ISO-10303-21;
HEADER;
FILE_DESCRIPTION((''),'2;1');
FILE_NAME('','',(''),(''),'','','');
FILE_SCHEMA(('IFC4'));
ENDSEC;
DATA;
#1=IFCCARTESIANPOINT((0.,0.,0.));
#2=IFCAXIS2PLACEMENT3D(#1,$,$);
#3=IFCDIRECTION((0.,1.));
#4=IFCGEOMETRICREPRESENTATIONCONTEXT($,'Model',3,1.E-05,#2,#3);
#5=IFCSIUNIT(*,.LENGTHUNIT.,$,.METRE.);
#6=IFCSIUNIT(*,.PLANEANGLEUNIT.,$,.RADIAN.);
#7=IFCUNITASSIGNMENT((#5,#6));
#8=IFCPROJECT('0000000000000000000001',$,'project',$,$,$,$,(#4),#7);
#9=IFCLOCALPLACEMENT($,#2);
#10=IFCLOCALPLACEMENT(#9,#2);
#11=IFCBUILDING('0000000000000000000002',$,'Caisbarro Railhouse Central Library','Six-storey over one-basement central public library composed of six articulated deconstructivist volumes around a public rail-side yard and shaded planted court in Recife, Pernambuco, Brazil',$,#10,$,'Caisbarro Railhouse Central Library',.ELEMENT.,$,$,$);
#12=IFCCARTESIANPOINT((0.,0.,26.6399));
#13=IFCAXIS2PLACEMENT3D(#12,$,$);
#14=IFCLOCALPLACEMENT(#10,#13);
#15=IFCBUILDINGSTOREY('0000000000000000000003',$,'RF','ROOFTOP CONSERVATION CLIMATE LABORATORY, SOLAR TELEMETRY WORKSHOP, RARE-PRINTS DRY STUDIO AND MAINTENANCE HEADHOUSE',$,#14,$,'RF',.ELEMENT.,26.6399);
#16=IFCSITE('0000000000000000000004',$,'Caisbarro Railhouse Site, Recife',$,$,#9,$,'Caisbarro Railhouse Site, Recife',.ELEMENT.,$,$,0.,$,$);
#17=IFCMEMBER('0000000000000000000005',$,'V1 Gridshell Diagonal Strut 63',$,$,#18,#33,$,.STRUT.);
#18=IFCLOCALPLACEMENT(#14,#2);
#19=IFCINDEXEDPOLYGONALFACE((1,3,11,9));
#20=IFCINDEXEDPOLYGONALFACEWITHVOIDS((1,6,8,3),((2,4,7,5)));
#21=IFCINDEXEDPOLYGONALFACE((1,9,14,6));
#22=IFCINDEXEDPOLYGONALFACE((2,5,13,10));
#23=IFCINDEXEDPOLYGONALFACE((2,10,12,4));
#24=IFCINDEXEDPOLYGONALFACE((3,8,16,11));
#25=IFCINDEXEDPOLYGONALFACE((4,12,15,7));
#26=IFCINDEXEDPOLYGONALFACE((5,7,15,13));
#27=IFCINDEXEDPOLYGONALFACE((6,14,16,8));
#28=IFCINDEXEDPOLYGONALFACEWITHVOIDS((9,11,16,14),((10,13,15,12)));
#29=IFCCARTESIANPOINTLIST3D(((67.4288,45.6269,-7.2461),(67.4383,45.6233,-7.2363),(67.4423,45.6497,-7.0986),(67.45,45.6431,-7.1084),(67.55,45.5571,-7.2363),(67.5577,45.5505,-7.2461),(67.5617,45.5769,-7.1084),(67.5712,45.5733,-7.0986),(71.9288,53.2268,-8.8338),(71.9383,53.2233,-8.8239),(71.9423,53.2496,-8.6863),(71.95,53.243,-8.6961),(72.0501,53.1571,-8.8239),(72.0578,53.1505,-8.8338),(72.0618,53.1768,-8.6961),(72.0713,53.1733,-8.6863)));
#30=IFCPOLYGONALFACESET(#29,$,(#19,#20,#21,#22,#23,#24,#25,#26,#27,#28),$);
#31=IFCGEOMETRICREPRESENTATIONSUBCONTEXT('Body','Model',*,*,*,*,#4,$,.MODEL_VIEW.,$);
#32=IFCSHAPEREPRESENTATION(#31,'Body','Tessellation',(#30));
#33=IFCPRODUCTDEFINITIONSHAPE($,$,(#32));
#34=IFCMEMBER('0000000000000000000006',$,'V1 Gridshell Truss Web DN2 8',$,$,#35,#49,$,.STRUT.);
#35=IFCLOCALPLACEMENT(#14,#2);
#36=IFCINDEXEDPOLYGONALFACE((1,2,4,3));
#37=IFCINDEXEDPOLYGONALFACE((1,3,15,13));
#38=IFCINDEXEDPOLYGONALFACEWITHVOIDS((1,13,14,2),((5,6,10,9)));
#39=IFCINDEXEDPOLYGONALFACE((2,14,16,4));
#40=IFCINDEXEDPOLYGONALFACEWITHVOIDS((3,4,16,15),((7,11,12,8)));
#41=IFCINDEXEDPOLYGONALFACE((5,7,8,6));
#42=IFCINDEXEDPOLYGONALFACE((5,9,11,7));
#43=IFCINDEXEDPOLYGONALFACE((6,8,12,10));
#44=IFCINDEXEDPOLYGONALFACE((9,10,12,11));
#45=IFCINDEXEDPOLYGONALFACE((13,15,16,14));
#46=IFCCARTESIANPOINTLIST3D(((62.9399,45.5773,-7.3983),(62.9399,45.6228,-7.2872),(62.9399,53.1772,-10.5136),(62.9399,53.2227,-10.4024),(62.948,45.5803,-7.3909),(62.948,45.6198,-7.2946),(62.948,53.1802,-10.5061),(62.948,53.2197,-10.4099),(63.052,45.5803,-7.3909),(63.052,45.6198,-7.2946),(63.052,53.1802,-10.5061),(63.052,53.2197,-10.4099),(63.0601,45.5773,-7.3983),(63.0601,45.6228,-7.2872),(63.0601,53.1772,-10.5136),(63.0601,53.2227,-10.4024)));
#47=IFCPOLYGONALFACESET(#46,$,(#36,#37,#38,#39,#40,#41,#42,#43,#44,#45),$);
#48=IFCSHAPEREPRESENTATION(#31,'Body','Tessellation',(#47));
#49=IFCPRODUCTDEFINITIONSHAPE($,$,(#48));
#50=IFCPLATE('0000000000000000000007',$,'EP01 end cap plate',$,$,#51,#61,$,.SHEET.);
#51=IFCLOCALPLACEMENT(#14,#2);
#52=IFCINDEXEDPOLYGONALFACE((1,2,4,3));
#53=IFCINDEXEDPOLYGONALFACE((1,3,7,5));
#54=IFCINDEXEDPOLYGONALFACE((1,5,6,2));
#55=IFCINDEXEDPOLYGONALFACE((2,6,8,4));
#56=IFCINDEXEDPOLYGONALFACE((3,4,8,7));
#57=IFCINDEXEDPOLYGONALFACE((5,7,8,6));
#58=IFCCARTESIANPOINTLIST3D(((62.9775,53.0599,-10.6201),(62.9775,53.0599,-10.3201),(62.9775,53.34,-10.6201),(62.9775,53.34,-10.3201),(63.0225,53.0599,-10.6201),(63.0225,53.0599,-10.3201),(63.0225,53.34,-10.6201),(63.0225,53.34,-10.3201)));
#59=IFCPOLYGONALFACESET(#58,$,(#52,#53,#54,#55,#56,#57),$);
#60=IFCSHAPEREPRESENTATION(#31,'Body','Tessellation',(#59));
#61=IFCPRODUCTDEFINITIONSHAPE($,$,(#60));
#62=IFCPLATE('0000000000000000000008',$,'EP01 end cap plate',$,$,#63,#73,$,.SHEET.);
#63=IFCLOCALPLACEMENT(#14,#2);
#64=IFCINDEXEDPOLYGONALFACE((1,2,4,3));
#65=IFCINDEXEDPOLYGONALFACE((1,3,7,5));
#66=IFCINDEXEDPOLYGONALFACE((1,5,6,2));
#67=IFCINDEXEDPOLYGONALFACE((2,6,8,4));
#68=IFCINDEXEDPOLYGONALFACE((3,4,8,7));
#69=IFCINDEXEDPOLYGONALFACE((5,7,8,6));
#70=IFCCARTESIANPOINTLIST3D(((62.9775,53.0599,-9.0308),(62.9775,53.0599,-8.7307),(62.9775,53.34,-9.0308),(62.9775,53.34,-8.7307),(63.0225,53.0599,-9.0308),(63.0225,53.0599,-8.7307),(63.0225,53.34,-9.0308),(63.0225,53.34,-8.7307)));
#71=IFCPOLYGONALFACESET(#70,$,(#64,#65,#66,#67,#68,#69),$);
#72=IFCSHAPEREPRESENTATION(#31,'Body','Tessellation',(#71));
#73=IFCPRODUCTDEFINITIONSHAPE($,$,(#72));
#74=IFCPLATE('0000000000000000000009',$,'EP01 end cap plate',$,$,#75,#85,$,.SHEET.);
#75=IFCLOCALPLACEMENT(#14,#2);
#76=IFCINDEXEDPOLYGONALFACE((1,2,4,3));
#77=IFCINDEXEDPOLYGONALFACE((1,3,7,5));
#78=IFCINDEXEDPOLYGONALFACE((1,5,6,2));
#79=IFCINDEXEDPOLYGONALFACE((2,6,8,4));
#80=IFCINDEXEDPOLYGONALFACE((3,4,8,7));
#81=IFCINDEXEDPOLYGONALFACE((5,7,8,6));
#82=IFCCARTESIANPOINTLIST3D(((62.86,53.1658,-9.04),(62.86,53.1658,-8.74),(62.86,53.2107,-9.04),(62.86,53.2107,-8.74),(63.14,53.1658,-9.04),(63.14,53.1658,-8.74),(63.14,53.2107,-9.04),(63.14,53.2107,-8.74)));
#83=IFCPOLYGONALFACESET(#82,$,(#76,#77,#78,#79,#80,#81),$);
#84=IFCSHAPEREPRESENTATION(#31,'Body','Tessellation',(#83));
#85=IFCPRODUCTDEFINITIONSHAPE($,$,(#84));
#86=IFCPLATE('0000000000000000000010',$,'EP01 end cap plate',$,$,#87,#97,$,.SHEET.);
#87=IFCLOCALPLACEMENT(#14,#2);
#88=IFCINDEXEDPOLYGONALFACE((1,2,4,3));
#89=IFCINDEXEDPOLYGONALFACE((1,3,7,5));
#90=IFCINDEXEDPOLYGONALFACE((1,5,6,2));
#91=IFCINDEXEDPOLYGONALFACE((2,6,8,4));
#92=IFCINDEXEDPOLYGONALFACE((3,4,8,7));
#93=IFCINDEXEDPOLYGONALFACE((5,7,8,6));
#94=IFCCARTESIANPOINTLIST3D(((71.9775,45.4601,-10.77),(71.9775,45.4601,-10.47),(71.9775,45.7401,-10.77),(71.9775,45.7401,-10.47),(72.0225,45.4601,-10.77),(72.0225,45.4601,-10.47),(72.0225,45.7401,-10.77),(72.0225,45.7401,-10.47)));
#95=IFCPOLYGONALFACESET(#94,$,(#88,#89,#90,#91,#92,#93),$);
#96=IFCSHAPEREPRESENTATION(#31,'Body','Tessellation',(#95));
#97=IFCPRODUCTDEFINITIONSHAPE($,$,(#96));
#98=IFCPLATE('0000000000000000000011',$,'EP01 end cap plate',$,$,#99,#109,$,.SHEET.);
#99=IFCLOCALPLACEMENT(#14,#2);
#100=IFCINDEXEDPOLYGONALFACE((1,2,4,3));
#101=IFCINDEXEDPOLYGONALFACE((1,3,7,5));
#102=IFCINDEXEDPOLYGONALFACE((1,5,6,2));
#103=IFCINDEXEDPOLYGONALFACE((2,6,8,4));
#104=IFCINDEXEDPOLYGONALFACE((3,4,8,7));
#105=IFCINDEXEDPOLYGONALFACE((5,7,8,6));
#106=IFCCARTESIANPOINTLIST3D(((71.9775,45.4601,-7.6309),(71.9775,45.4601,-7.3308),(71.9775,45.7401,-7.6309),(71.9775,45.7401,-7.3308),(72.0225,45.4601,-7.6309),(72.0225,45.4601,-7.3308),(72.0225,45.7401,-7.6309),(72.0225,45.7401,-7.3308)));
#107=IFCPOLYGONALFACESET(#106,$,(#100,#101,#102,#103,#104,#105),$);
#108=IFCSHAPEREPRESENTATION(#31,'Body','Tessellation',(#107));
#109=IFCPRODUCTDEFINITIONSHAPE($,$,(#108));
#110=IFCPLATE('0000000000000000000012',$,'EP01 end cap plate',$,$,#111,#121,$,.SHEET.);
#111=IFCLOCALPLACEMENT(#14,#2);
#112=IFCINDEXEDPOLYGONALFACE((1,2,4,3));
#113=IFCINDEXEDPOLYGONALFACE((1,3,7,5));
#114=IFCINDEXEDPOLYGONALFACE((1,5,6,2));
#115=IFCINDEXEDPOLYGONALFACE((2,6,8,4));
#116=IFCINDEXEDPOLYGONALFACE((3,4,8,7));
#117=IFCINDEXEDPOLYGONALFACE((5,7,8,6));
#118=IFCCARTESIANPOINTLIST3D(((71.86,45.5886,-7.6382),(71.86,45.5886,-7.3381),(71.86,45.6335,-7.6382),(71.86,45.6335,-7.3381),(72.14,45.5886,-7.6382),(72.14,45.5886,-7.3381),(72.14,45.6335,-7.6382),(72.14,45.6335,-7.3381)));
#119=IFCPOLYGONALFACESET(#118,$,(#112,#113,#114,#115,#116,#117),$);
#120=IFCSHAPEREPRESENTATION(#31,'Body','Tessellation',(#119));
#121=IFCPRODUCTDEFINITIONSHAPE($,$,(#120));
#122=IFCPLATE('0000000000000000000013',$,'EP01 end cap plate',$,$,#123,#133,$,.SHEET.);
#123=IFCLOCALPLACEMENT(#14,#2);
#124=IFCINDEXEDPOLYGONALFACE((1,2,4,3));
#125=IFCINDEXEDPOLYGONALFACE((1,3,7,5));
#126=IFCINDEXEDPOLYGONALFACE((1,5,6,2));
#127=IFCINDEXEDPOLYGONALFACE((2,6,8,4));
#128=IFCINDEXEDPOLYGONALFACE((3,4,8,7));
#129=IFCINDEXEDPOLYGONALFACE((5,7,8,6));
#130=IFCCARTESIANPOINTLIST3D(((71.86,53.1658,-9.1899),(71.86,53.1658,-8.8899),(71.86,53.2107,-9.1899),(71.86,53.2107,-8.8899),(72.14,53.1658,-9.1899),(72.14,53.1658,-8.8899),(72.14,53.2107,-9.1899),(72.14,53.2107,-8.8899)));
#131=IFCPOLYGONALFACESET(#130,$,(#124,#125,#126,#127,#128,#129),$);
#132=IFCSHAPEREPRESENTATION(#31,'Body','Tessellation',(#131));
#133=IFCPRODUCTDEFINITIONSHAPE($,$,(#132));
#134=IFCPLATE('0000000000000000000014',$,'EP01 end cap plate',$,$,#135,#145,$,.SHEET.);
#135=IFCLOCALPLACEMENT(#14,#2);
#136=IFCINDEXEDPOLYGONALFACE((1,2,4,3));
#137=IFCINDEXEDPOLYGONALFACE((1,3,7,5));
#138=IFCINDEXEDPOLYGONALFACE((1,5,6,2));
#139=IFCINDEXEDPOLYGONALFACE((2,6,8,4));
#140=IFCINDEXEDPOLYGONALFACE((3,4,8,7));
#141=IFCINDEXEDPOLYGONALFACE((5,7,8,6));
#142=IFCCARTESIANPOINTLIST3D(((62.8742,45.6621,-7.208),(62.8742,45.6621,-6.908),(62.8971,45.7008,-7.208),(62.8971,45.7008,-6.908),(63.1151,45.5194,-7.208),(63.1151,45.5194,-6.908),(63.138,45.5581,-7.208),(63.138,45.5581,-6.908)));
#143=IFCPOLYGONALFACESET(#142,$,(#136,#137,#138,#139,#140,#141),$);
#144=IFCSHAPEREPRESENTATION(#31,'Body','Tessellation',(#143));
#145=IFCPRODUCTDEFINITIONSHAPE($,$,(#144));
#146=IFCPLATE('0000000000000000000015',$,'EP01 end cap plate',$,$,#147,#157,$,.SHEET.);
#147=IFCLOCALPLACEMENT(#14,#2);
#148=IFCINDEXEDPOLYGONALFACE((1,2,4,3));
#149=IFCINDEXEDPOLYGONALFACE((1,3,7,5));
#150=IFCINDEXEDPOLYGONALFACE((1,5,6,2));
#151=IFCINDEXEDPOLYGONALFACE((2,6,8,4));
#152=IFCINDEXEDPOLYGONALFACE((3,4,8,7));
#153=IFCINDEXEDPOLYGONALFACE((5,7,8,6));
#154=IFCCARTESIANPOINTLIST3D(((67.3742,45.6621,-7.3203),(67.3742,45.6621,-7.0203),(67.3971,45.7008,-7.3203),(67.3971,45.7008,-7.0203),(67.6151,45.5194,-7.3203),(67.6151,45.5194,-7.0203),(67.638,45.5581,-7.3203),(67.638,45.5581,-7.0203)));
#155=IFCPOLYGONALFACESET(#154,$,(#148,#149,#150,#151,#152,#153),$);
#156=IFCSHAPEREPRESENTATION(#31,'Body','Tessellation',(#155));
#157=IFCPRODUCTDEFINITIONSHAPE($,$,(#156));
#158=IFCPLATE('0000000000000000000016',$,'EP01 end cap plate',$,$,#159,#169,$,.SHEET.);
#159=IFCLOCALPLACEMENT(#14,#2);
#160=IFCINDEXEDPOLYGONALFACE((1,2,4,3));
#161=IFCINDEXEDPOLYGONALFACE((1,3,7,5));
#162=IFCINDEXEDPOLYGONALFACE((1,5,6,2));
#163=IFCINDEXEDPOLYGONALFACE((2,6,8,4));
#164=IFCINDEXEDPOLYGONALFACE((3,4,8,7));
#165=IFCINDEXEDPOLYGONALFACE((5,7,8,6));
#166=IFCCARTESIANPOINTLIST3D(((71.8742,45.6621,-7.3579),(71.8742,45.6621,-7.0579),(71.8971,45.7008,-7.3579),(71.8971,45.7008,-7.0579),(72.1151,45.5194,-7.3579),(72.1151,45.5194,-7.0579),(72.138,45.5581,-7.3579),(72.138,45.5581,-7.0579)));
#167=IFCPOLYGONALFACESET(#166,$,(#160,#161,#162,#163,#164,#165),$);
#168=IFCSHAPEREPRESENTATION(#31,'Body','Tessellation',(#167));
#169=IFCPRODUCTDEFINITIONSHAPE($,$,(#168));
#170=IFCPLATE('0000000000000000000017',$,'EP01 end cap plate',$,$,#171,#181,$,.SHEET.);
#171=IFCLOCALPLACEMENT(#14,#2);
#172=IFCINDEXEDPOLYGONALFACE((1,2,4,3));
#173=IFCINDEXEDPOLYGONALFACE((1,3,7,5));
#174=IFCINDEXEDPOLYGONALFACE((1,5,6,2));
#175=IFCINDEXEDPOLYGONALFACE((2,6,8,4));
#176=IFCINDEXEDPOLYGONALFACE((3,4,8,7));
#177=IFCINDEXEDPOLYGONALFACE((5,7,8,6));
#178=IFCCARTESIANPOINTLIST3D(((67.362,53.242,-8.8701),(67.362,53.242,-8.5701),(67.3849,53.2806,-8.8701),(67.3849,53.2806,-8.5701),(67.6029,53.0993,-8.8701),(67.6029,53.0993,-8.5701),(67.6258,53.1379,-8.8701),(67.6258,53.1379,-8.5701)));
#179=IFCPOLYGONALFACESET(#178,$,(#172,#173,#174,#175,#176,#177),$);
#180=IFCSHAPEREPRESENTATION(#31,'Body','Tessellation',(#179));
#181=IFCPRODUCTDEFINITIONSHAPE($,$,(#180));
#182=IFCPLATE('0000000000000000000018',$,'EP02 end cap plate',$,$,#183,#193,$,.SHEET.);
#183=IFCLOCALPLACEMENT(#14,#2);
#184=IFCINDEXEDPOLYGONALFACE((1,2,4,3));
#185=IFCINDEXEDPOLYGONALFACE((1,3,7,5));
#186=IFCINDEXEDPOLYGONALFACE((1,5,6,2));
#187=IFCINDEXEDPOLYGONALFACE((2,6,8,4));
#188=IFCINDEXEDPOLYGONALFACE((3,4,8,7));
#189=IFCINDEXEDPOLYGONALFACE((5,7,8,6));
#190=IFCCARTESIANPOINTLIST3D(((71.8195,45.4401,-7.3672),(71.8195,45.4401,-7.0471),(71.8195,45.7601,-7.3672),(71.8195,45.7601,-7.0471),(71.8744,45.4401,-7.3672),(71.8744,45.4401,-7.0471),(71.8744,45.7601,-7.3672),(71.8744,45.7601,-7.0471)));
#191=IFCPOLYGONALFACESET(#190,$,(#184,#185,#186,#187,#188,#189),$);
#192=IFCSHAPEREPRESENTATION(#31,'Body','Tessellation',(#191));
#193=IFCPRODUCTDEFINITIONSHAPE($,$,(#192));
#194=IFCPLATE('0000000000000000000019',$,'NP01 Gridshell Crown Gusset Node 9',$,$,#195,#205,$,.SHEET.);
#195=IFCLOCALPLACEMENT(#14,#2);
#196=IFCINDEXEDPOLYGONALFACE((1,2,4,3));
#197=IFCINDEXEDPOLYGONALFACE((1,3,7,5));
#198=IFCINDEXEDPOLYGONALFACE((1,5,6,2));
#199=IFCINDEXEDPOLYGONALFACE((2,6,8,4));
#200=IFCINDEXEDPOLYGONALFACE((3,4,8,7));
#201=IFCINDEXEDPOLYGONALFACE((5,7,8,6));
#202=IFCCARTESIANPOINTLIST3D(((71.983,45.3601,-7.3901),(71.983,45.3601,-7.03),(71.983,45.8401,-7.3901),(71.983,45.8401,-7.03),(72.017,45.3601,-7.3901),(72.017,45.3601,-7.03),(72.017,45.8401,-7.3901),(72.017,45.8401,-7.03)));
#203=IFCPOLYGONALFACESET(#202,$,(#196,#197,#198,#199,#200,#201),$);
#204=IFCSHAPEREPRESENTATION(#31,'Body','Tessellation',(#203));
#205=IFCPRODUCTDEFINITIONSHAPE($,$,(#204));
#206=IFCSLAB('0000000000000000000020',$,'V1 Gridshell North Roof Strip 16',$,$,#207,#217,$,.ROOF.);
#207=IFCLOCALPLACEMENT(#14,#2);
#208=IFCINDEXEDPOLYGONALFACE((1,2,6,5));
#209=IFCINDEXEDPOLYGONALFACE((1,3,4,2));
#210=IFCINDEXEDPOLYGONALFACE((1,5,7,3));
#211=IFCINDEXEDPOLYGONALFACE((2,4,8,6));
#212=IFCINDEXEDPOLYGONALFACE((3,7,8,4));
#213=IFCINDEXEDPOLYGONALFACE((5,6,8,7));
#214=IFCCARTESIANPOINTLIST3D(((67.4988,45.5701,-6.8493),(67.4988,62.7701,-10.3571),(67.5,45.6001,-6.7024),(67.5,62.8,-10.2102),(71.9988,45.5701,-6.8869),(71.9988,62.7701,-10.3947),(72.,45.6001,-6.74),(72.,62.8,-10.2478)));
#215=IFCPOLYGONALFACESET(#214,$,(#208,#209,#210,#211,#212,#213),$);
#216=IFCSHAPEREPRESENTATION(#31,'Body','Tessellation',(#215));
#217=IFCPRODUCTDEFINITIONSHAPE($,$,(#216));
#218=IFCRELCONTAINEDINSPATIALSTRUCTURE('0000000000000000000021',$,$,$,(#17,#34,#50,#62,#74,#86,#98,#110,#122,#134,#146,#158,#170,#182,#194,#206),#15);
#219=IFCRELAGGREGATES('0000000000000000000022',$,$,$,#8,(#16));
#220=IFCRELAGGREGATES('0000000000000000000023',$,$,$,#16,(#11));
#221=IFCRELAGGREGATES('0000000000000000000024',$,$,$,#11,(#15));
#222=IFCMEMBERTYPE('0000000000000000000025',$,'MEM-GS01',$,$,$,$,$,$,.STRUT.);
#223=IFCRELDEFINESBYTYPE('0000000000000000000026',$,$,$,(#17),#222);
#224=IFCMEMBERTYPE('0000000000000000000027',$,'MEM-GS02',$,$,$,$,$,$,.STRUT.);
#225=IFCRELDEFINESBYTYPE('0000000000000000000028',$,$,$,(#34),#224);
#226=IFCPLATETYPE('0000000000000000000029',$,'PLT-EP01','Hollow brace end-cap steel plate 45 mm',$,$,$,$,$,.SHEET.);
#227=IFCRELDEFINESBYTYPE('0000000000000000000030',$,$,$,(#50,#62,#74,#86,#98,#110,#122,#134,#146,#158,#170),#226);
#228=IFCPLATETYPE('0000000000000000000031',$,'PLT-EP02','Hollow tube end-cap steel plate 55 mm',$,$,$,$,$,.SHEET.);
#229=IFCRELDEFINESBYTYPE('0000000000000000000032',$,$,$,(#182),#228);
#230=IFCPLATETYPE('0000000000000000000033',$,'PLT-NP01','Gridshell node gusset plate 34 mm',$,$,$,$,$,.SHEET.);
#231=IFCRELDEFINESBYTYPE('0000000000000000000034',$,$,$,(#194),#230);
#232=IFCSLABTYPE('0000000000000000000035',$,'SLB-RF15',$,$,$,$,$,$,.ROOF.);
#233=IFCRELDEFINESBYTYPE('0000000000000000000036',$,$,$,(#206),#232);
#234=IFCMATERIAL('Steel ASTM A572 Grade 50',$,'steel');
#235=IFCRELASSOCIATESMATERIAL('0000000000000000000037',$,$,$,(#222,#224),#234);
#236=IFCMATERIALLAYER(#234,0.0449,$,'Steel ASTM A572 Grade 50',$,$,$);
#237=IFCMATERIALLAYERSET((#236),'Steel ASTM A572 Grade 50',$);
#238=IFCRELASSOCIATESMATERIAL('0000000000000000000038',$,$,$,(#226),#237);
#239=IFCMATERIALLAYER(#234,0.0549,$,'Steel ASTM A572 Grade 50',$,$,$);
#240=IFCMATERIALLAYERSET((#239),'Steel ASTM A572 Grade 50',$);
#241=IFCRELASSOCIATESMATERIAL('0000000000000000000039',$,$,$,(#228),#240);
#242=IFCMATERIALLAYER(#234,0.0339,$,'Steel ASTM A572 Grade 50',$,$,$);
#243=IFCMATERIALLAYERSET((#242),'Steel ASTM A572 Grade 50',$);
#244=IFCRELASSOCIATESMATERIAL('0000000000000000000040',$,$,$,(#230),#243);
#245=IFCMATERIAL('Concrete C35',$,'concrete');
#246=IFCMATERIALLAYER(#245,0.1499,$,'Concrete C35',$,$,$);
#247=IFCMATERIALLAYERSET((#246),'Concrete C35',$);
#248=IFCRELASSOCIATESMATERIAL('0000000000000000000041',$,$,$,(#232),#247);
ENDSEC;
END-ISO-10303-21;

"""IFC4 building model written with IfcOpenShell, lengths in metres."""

from ifc_helpers import new_model, si_unit, direction, frame, origin, origin_2d, place, context, subcontext, project, spatial, polyline, rectangle, hollow_rectangle, outline, extrude, material, layer, layer_set, material_profile, profile_set, type_object, element, save


model = new_model("IFC4")

# Units and contexts
model_context = context("Model", 3, precision=1e-05, world=origin(), true_north=direction((0.0, 1.0)))
body_context = subcontext(model_context, "Body", "Model", "MODEL_VIEW")
ifc_project = project(units=[si_unit("LENGTHUNIT", "METRE"), si_unit("PLANEANGLEUNIT", "RADIAN")], contexts=[model_context])

# Site, building, storey
site_placement = place(None, origin())
site = spatial("IfcSite", under=ifc_project, at=site_placement, Name="Caisbarro Railhouse Site, Recife", LongName="Caisbarro Railhouse Site, Recife", CompositionType="ELEMENT", RefElevation=0.0)
building_placement = place(site_placement, origin())
building = spatial("IfcBuilding", under=site, at=building_placement, Name="Caisbarro Railhouse Central Library", Description="Six-storey over one-basement central public library composed of six articulated deconstructivist volumes around a public rail-side yard and shaded planted court in Recife, Pernambuco, Brazil", LongName="Caisbarro Railhouse Central Library", CompositionType="ELEMENT")
storey_placement = place(building_placement, frame((0.0, 0.0, 26.6399)))
storey = spatial("IfcBuildingStorey", under=building, at=storey_placement, Name="RF", Description="ROOFTOP CONSERVATION CLIMATE LABORATORY, SOLAR TELEMETRY WORKSHOP, RARE-PRINTS DRY STUDIO AND MAINTENANCE HEADHOUSE", LongName="RF", CompositionType="ELEMENT", Elevation=26.6399)

# Shared definitions
ifc_material_1 = material(Name="Steel ASTM A572 Grade 50", Category="steel")

# Members
ifc_material_profile_1 = material_profile(ifc_material_1, hollow_rectangle(XDim=0.1499, YDim=0.1499, WallThickness=0.01, at=origin_2d()), Name="HSS150X150X10")
ifc_profile_set_1 = profile_set([ifc_material_profile_1], Name="Steel ASTM A572 Grade 50")
member_type_1 = type_object("IfcMemberType", Name="MEM-GS01", PredefinedType="STRUT", material=ifc_profile_set_1)
member_1_placement = place(storey_placement, frame((67.5, 45.6001, -7.1724), z_axis=(0.501462, 0.846897, -0.176921), x_axis=(-0.860471, 0.509499, 0.0)))
element("IfcMember", 1, at=member_1_placement, inside=storey, type_object=member_type_1, Name="V1 Gridshell Diagonal Strut 63", PredefinedType="STRUT", context=body_context, shape_type="SweptSolid", body=[
    extrude(hollow_rectangle(XDim=0.1499, YDim=0.1499, WallThickness=0.01, at=origin_2d()), origin(), (0.0, 0.0, 1.0), 8.9739),
])
ifc_material_profile_2 = material_profile(ifc_material_1, hollow_rectangle(XDim=0.1201, YDim=0.1201, WallThickness=0.0081, at=origin_2d()), Name="HSS120X120X8")
ifc_profile_set_2 = profile_set([ifc_material_profile_2], Name="Steel ASTM A572 Grade 50")
member_type_2 = type_object("IfcMemberType", Name="MEM-GS02", PredefinedType="STRUT", material=ifc_profile_set_2)
member_2_placement = place(storey_placement, frame((63.0, 53.2, -10.458), z_axis=(0.0, -0.925282, 0.37928), x_axis=(1.0, 0.0, 0.0)))
element("IfcMember", 2, at=member_2_placement, inside=storey, type_object=member_type_2, Name="V1 Gridshell Truss Web DN2 8", PredefinedType="STRUT", context=body_context, shape_type="SweptSolid", body=[
    extrude(hollow_rectangle(XDim=0.1201, YDim=0.1201, WallThickness=0.0081, at=origin_2d()), origin(), (0.0, 0.0, 1.0), 8.2136),
])

# Plates
ifc_layer_1 = layer(ifc_material_1, 0.0449, Name="Steel ASTM A572 Grade 50")
ifc_layer_set_1 = layer_set([ifc_layer_1], Name="Steel ASTM A572 Grade 50")
plate_type_1 = type_object("IfcPlateType", Name="PLT-EP01", Description="Hollow brace end-cap steel plate 45 mm", PredefinedType="SHEET", material=ifc_layer_set_1)
for number, where, z_axis, x_axis, name in (
    (3, (63.0, 53.2, -10.6201), (0.0, 0.0, 1.0), (1.0, 0.0, 0.0), "EP01 end cap plate"),
    (4, (63.0, 53.2, -9.0308), (0.0, 0.0, 1.0), (1.0, 0.0, 0.0), "EP01 end cap plate"),
    (5, (63.0, 53.1882, -9.04), (0.0, 0.0, 1.0), (0.0, -1.0, 0.0), "EP01 end cap plate"),
    (6, (72.0, 45.6001, -10.77), (0.0, 0.0, 1.0), (1.0, 0.0, 0.0), "EP01 end cap plate"),
    (7, (72.0, 45.6001, -7.6309), (0.0, 0.0, 1.0), (1.0, 0.0, 0.0), "EP01 end cap plate"),
    (8, (72.0, 45.6111, -7.6382), (0.0, 0.0, 1.0), (0.0, 1.0, 0.0), "EP01 end cap plate"),
    (9, (72.0, 53.1882, -9.1899), (0.0, 0.0, 1.0), (0.0, -1.0, 0.0), "EP01 end cap plate"),
    (10, (63.0061, 45.6101, -7.208), (0.0, 0.0, 1.0), (0.509492, 0.860475, 0.0), "EP01 end cap plate"),
    (11, (67.5061, 45.6101, -7.3203), (0.0, 0.0, 1.0), (0.509492, 0.860475, 0.0), "EP01 end cap plate"),
    (12, (72.0061, 45.6101, -7.3579), (0.0, 0.0, 1.0), (0.509492, 0.860475, 0.0), "EP01 end cap plate"),
    (13, (67.4939, 53.1899, -8.8701), (0.0, 0.0, 1.0), (0.509492, 0.860475, 0.0), "EP01 end cap plate"),
):
    element("IfcPlate", number, at=place(storey_placement, frame(where, z_axis=z_axis, x_axis=x_axis)), inside=storey, type_object=plate_type_1, Name=name, PredefinedType="SHEET", context=body_context, shape_type="SweptSolid", body=[
        extrude(rectangle(XDim=0.0449, YDim=0.28, at=origin_2d()), origin(), (0.0, 0.0, 1.0), 0.3),
    ])
ifc_layer_2 = layer(ifc_material_1, 0.0549, Name="Steel ASTM A572 Grade 50")
ifc_layer_set_2 = layer_set([ifc_layer_2], Name="Steel ASTM A572 Grade 50")
plate_type_2 = type_object("IfcPlateType", Name="PLT-EP02", Description="Hollow tube end-cap steel plate 55 mm", PredefinedType="SHEET", material=ifc_layer_set_2)
plate_1_placement = place(storey_placement, frame((71.8469, 45.6001, -7.3672), z_axis=(0.0, 0.0, 1.0), x_axis=(1.0, 0.0, 0.0)))
element("IfcPlate", 14, at=plate_1_placement, inside=storey, type_object=plate_type_2, Name="EP02 end cap plate", PredefinedType="SHEET", context=body_context, shape_type="SweptSolid", body=[
    extrude(rectangle(XDim=0.0549, YDim=0.3201, at=origin_2d()), origin(), (0.0, 0.0, 1.0), 0.3201),
])
ifc_layer_3 = layer(ifc_material_1, 0.0339, Name="Steel ASTM A572 Grade 50")
ifc_layer_set_3 = layer_set([ifc_layer_3], Name="Steel ASTM A572 Grade 50")
plate_type_3 = type_object("IfcPlateType", Name="PLT-NP01", Description="Gridshell node gusset plate 34 mm", PredefinedType="SHEET", material=ifc_layer_set_3)
plate_2_placement = place(storey_placement, frame((72.0, 45.6001, -7.3901), z_axis=(0.0, 0.0, 1.0), x_axis=(0.0, 1.0, 0.0)))
element("IfcPlate", 15, at=plate_2_placement, inside=storey, type_object=plate_type_3, Name="NP01 Gridshell Crown Gusset Node 9", PredefinedType="SHEET", context=body_context, shape_type="SweptSolid", body=[
    extrude(rectangle(XDim=0.48, YDim=0.0339, at=origin_2d()), origin(), (0.0, 0.0, 1.0), 0.3601),
])

# Slab
ifc_material_2 = material(Name="Concrete C35", Category="concrete")
ifc_layer_4 = layer(ifc_material_2, 0.1499, Name="Concrete C35")
ifc_layer_set_4 = layer_set([ifc_layer_4], Name="Concrete C35")
slab_type = type_object("IfcSlabType", Name="SLB-RF15", PredefinedType="ROOF", material=ifc_layer_set_4)
slab_placement = place(storey_placement, frame((67.5, 45.6001, -6.7024), z_axis=(0.008186, 0.199823, 0.979798), x_axis=(0.999965, 0.0, -0.008355)))
element("IfcSlab", 16, at=slab_placement, inside=storey, type_object=slab_type, Name="V1 Gridshell North Roof Strip 16", PredefinedType="ROOF", context=body_context, shape_type="SweptSolid", body=[
    extrude(outline(polyline([(0.0, 0.0), (4.5002, 0.0), (4.5295, 17.554), (0.0293, 17.554), (0.0, 0.0)])), origin(), (0.0, 0.0, -1.0), 0.1499),
])

save(model, "model.ifc")
